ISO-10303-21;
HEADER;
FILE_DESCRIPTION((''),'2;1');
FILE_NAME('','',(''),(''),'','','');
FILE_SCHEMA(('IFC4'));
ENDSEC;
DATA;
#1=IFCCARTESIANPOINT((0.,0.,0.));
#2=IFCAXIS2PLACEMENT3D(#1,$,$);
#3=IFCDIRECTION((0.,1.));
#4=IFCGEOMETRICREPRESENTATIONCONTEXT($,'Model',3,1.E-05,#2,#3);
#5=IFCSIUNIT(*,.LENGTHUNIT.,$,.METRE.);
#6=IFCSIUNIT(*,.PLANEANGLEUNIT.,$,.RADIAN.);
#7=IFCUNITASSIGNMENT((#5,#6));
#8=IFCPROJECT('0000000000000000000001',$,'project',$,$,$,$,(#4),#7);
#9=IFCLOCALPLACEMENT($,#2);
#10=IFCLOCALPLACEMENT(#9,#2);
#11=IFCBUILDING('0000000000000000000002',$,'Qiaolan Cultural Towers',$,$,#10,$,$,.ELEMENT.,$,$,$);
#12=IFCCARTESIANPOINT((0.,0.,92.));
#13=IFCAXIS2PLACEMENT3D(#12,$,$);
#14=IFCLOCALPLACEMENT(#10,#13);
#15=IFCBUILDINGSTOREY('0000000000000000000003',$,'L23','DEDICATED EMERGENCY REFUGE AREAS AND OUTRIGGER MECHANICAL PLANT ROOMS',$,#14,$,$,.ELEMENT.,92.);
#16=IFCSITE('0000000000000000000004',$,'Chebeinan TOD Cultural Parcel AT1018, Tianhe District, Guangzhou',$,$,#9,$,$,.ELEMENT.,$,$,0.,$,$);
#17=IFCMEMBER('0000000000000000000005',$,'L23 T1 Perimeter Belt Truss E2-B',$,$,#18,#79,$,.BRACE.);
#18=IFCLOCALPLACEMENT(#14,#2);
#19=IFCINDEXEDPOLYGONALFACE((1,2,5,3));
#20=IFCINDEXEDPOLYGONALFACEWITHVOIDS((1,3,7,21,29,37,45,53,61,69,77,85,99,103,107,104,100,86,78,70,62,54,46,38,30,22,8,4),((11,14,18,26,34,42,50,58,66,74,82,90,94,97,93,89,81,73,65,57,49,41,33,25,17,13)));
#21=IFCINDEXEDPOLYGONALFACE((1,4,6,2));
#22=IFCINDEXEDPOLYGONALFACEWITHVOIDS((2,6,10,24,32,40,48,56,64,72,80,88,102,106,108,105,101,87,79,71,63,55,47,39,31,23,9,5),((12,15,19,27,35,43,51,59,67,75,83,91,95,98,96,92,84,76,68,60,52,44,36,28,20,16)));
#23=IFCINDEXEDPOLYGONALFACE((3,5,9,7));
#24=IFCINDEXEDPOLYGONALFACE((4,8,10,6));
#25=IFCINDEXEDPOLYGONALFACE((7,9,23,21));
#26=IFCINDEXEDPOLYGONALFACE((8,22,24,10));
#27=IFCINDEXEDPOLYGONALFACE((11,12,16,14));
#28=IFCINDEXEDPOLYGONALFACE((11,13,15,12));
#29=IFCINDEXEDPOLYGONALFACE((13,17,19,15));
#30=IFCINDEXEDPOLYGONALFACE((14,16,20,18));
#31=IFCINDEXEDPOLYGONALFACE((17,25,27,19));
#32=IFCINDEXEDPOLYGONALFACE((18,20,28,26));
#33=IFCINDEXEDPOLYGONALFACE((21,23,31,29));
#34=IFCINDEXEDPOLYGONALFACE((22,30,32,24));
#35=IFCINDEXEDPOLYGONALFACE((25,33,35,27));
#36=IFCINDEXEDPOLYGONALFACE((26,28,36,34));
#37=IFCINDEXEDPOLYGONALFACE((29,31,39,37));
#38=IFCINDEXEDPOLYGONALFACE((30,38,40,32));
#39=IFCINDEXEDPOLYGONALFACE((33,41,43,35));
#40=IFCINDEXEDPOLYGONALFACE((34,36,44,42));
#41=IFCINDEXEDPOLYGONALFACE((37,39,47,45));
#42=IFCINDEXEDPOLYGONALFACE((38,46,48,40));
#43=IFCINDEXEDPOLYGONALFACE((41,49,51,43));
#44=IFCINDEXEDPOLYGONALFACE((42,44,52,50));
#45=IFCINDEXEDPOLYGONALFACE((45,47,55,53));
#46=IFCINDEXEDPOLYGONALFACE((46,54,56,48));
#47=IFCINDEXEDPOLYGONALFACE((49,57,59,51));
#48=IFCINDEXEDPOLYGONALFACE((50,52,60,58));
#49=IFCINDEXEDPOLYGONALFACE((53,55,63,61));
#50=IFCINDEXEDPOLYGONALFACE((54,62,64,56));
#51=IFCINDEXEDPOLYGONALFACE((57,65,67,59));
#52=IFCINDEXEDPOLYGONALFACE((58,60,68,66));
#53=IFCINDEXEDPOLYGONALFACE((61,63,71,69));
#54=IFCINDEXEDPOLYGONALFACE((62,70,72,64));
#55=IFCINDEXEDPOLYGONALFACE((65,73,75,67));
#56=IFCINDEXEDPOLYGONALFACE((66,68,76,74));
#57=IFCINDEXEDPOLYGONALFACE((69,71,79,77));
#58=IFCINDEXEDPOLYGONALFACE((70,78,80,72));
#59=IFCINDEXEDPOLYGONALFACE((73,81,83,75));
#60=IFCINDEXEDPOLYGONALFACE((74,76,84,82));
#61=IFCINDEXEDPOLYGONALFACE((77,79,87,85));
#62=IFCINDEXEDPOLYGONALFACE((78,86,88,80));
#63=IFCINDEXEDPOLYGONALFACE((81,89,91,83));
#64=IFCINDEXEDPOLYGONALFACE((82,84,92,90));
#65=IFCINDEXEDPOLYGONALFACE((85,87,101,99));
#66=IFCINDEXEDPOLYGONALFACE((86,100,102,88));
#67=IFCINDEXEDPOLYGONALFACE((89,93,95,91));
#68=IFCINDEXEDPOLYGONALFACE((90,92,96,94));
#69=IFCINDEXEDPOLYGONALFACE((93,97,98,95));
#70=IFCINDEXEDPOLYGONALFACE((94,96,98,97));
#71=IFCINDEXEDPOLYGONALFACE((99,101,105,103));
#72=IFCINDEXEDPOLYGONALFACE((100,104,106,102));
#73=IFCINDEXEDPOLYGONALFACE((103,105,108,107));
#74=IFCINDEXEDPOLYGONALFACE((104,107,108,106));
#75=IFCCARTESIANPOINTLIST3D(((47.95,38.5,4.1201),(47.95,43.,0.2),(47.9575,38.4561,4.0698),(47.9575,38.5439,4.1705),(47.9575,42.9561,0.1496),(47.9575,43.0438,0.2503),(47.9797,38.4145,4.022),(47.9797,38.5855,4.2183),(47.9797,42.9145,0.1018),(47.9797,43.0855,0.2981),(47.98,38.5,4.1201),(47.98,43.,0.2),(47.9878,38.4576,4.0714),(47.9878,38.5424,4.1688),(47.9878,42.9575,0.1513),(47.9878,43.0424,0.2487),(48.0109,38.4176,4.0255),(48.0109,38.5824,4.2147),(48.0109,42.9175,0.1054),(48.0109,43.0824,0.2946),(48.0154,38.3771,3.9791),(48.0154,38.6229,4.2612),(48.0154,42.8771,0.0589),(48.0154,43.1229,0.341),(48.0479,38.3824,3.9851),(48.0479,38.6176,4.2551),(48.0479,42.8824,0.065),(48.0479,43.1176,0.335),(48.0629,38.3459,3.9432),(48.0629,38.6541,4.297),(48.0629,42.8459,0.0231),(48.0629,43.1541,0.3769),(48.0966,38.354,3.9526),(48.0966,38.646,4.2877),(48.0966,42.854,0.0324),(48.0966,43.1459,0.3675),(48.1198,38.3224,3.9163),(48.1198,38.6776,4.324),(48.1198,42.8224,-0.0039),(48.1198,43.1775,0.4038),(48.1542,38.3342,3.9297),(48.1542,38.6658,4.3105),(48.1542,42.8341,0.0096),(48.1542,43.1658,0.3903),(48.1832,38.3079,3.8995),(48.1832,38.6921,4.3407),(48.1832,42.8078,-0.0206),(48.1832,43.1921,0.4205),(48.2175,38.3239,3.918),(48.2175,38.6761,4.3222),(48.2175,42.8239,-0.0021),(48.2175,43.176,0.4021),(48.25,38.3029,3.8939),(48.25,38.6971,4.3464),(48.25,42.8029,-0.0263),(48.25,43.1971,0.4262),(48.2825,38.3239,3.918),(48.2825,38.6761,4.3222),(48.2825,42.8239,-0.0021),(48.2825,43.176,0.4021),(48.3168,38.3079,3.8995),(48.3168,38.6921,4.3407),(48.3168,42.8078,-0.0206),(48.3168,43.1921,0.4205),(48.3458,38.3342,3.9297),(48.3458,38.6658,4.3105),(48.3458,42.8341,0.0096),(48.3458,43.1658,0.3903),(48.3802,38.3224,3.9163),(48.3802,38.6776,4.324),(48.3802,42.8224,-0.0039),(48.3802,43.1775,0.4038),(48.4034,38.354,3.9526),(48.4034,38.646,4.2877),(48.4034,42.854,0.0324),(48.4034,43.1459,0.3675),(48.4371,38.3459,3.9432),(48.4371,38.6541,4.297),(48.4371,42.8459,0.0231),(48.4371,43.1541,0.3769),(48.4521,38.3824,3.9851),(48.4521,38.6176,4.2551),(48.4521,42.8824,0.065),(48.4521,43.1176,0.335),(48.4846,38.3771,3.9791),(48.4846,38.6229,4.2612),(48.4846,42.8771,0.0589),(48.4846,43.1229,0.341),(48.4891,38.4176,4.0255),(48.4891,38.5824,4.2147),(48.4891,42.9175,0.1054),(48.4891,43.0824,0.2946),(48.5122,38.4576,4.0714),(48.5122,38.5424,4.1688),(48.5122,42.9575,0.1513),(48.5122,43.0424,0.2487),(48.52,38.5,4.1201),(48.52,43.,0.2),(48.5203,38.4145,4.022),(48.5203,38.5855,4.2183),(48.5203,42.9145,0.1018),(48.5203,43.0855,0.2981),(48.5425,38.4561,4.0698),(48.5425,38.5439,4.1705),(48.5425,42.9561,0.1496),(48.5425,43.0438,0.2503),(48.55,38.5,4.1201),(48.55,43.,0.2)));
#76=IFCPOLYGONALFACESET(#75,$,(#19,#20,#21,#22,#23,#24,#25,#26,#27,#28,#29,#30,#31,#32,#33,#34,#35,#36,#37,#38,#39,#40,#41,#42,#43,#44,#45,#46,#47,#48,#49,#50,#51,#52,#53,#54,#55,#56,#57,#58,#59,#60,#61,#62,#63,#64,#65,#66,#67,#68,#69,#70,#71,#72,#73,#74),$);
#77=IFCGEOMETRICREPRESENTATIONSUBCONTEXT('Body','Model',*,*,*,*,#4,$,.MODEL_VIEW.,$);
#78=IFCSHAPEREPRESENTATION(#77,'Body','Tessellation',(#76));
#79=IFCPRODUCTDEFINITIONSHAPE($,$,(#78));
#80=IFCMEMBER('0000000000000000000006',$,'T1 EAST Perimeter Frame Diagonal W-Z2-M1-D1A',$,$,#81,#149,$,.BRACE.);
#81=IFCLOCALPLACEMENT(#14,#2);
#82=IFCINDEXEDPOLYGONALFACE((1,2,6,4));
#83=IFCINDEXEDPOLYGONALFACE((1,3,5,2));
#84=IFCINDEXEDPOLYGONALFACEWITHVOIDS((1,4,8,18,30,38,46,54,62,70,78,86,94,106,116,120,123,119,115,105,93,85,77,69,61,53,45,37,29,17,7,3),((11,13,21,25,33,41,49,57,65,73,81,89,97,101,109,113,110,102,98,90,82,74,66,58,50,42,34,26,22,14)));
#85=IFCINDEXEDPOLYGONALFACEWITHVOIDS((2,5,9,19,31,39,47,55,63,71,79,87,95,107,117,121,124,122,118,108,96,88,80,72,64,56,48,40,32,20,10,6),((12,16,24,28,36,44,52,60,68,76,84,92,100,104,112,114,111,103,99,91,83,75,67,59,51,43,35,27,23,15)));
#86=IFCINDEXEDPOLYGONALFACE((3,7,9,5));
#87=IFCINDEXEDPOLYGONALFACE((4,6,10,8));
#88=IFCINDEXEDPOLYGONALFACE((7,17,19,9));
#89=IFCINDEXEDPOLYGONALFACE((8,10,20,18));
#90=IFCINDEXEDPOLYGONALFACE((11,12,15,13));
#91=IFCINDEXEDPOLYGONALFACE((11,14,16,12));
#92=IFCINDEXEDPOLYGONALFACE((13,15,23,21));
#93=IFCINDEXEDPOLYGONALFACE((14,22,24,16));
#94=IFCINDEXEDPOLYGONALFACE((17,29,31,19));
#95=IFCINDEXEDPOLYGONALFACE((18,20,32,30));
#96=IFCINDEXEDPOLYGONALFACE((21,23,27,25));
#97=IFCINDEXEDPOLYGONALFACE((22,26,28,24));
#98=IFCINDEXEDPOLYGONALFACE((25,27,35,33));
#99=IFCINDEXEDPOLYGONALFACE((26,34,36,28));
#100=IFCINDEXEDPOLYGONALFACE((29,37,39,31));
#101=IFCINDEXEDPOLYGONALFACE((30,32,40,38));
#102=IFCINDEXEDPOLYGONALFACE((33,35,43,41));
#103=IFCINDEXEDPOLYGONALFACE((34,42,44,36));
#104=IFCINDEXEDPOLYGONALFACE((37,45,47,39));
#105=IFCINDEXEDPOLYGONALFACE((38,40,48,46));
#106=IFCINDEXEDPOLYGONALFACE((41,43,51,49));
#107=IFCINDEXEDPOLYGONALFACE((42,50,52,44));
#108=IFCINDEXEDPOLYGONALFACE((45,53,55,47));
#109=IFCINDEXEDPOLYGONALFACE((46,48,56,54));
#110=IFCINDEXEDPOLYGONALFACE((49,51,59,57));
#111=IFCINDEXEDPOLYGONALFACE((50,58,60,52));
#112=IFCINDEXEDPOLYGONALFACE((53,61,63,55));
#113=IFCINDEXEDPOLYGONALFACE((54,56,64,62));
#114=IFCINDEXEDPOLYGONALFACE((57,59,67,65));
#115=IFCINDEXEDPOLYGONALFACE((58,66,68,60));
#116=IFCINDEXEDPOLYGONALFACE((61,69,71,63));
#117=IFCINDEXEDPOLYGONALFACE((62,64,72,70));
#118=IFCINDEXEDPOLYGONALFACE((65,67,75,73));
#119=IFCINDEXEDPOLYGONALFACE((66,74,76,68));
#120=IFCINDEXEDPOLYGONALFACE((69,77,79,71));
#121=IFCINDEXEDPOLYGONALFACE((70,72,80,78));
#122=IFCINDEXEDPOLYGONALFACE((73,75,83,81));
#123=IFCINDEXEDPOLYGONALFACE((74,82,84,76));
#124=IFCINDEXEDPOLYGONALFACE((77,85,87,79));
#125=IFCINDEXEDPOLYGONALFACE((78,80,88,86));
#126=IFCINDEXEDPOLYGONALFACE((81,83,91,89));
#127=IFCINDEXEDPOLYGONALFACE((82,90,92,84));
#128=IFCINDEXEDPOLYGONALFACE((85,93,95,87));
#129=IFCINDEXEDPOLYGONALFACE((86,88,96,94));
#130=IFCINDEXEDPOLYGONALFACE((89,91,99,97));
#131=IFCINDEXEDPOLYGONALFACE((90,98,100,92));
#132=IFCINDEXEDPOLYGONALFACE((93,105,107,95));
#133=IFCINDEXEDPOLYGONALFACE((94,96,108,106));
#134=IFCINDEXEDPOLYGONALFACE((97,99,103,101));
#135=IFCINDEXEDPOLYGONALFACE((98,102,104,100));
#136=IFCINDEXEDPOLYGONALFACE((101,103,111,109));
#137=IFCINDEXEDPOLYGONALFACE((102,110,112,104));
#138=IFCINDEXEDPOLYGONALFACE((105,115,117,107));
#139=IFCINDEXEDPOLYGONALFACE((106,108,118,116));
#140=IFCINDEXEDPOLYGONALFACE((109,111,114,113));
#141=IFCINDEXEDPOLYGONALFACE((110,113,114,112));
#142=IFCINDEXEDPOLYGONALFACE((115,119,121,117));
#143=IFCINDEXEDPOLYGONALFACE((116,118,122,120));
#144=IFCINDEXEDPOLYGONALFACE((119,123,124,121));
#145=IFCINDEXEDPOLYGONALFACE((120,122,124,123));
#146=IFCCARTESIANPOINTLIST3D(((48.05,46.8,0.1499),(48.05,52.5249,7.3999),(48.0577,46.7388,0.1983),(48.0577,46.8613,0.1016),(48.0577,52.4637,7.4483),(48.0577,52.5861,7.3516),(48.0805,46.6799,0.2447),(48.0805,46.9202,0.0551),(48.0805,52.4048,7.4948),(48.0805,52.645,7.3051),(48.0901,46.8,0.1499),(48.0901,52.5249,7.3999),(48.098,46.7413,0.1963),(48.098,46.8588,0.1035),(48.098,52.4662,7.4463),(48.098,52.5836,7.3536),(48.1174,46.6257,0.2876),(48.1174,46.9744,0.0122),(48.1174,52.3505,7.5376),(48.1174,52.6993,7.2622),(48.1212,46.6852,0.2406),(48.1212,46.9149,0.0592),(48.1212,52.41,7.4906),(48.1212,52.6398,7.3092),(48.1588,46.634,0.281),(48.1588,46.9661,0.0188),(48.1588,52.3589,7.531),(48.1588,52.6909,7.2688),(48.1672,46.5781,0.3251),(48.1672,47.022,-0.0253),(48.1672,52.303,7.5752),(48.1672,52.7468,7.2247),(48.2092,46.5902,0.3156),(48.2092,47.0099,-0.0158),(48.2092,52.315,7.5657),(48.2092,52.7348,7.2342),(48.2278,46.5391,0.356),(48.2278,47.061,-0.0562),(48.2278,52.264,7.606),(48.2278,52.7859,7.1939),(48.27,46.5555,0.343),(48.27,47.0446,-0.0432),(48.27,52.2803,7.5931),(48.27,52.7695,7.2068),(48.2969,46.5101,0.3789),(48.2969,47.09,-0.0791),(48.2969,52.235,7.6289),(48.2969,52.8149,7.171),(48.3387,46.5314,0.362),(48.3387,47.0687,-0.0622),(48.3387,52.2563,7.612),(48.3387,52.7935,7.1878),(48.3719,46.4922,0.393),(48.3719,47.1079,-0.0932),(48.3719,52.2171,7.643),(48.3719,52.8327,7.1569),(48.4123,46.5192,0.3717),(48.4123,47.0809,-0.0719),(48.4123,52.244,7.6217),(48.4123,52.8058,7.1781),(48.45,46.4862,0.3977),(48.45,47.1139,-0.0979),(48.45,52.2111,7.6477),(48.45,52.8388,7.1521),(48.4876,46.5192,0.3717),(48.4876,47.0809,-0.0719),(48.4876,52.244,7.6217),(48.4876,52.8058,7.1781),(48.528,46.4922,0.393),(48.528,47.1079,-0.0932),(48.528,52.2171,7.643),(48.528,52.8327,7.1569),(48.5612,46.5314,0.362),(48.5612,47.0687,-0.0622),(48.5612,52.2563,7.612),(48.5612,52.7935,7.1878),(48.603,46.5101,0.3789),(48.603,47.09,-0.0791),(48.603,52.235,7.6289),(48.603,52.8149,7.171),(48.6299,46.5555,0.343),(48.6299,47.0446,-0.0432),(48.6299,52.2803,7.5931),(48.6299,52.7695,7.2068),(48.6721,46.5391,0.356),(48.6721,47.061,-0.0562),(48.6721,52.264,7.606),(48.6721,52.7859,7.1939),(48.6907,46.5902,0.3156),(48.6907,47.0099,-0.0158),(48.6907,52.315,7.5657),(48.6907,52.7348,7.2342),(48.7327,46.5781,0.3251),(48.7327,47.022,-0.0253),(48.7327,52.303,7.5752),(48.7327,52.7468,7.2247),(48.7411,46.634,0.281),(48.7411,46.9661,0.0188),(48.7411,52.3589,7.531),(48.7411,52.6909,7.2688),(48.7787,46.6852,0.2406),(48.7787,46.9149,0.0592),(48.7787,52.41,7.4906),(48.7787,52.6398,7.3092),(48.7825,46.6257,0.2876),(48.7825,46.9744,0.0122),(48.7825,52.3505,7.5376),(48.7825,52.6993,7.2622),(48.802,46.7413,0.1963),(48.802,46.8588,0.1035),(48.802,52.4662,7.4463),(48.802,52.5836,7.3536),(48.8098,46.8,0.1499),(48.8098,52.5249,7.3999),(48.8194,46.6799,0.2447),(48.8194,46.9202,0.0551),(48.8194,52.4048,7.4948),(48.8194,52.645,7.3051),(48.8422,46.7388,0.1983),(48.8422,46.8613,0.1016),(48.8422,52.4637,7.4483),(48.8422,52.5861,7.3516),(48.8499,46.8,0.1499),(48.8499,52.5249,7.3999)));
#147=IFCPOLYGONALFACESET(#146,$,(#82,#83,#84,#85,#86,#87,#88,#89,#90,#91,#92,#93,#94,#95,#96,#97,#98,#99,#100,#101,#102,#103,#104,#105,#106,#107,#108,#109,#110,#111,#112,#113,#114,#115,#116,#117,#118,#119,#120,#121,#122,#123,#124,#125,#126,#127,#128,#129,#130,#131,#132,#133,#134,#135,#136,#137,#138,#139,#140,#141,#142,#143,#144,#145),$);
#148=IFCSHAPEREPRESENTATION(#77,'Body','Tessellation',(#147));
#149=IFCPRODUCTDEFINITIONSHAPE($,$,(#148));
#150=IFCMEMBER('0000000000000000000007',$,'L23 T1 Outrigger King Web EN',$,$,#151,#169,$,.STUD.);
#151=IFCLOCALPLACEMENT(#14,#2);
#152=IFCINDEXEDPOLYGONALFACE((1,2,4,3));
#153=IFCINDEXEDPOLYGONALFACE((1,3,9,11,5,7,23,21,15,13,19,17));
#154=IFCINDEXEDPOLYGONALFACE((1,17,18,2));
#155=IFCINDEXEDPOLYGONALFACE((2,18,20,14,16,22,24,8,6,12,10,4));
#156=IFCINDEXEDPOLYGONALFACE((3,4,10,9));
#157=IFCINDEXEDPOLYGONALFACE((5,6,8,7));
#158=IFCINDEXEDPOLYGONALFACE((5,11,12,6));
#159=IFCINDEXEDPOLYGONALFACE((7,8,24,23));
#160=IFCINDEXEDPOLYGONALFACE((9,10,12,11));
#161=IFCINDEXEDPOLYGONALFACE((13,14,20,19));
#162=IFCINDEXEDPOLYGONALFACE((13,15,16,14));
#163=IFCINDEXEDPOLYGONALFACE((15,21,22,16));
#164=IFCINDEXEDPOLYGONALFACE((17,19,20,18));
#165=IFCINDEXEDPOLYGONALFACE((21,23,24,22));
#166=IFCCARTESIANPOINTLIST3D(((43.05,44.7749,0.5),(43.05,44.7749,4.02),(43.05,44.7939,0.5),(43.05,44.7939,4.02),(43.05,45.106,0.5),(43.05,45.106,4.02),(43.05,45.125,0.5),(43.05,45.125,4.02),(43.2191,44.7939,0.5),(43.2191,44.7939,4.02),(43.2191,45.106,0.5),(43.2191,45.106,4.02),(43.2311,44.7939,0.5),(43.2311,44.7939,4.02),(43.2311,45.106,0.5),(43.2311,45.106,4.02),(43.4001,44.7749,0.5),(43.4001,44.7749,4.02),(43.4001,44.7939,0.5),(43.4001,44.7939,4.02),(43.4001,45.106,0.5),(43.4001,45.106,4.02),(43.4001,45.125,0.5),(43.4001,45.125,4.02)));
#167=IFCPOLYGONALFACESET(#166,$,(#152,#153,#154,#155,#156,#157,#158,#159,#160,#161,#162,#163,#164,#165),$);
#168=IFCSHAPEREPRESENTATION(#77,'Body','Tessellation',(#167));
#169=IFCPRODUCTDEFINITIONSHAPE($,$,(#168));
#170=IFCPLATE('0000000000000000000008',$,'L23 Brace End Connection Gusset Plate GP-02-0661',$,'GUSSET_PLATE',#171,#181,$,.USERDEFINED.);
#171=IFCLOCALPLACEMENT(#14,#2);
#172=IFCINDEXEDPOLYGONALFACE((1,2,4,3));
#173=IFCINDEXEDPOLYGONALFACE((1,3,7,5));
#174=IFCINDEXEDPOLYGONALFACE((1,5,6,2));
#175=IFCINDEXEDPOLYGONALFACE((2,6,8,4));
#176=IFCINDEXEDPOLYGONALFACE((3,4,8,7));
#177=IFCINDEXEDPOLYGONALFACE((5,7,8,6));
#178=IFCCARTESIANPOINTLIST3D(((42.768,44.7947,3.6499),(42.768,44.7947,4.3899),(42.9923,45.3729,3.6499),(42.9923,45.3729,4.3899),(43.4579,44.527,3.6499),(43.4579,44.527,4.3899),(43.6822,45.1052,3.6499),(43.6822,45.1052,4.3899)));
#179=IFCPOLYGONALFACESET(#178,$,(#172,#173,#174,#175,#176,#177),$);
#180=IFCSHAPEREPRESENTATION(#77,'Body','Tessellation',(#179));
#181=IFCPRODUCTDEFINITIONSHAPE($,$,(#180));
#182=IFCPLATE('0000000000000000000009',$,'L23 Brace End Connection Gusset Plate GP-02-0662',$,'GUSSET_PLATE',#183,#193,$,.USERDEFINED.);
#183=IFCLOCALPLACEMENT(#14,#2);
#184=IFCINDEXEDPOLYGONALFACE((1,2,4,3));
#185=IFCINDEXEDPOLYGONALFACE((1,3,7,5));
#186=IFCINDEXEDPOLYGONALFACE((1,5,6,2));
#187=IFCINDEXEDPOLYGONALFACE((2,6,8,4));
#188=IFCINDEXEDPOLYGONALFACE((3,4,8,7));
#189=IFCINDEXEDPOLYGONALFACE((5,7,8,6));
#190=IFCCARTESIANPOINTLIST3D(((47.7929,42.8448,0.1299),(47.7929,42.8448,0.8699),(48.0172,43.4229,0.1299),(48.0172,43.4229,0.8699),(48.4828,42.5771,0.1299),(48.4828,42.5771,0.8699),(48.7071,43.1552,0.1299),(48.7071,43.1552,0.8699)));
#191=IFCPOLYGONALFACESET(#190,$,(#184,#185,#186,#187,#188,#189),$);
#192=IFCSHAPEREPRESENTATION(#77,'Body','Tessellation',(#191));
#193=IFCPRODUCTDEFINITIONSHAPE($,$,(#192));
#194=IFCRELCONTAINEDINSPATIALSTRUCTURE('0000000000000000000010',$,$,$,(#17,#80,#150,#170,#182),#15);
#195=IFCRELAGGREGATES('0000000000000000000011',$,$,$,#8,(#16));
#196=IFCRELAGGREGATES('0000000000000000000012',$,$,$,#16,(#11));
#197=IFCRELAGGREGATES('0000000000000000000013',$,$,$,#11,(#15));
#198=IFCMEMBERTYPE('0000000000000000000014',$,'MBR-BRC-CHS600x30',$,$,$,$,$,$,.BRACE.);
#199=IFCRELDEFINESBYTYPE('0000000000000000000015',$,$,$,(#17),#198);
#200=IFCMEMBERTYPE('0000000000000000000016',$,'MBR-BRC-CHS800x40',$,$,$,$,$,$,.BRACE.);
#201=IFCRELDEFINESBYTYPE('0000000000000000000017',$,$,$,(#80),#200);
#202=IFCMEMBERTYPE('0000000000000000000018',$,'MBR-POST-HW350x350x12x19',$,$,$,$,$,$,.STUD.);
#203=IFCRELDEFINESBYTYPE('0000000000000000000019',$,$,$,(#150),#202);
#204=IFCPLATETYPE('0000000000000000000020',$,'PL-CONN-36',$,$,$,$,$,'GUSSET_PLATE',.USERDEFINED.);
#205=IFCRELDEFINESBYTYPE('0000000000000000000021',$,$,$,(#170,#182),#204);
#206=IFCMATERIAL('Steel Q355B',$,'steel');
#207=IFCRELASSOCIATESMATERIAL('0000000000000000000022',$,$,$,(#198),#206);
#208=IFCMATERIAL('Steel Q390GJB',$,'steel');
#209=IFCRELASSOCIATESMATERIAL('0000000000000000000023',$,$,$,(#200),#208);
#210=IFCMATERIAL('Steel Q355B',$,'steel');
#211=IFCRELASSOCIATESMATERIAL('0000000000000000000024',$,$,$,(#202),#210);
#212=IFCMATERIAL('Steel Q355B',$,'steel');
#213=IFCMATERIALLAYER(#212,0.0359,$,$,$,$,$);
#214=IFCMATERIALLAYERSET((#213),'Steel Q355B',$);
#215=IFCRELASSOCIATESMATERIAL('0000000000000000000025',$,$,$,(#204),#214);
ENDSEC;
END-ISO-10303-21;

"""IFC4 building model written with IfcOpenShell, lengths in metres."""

from ifc_helpers import new_model, si_unit, direction, frame, origin, origin_2d, place, context, subcontext, project, spatial, rectangle, hollow_circle, i_section, extrude, material, layer, layer_set, material_profile, profile_set, type_object, element, save


model = new_model("IFC4")

# Units and contexts
model_context = context("Model", 3, precision=1e-05, world=origin(), true_north=direction((0.0, 1.0)))
body_context = subcontext(model_context, "Body", "Model", "MODEL_VIEW")
ifc_project = project(units=[si_unit("LENGTHUNIT", "METRE"), si_unit("PLANEANGLEUNIT", "RADIAN")], contexts=[model_context])

# Site, building, storey
site_placement = place(None, origin())
site = spatial("IfcSite", under=ifc_project, at=site_placement, Name="Chebeinan TOD Cultural Parcel AT1018, Tianhe District, Guangzhou", CompositionType="ELEMENT", RefElevation=0.0)
building_placement = place(site_placement, origin())
building = spatial("IfcBuilding", under=site, at=building_placement, Name="Qiaolan Cultural Towers", CompositionType="ELEMENT")
storey_placement = place(building_placement, frame((0.0, 0.0, 92.0)))
storey = spatial("IfcBuildingStorey", under=building, at=storey_placement, Name="L23", Description="DEDICATED EMERGENCY REFUGE AREAS AND OUTRIGGER MECHANICAL PLANT ROOMS", CompositionType="ELEMENT", Elevation=92.0)

# Members
ifc_material_1 = material(Name="Steel Q355B", Category="steel")
ifc_material_profile_1 = material_profile(ifc_material_1, hollow_circle(Radius=0.3, WallThickness=0.03, at=origin_2d()), Name="CHS600x30")
ifc_profile_set_1 = profile_set([ifc_material_profile_1], Name="Steel Q355B")
member_type_1 = type_object("IfcMemberType", Name="MBR-BRC-CHS600x30", PredefinedType="BRACE", material=ifc_profile_set_1)
for number, where, z_axis, x_axis, name in (
    (1, (48.25, 38.5, 4.1201), (0.0, 0.754014, -0.656858), (-1.0, 0.0, 0.0), "L23 T1 Perimeter Belt Truss E2-B"),
):
    element("IfcMember", number, at=place(storey_placement, frame(where, z_axis=z_axis, x_axis=x_axis)), inside=storey, type_object=member_type_1, Name=name, PredefinedType="BRACE", context=body_context, shape_type="SweptSolid", body=[
        extrude(hollow_circle(Radius=0.3, WallThickness=0.03, at=origin_2d()), origin(), (0.0, 0.0, 1.0), 5.968),
    ])
ifc_material_2 = material(Name="Steel Q390GJB", Category="steel")
ifc_material_profile_2 = material_profile(ifc_material_2, hollow_circle(Radius=0.3999, WallThickness=0.04, at=origin_2d()), Name="CHS800x40")
ifc_profile_set_2 = profile_set([ifc_material_profile_2], Name="Steel Q390GJB")
member_type_2 = type_object("IfcMemberType", Name="MBR-BRC-CHS800x40", PredefinedType="BRACE", material=ifc_profile_set_2)
member_1_placement = place(storey_placement, frame((48.45, 46.8, 0.1499), z_axis=(0.0, 0.619722, 0.784821), x_axis=(-1.0, 0.0, 0.0)))
element("IfcMember", 2, at=member_1_placement, inside=storey, type_object=member_type_2, Name="T1 EAST Perimeter Frame Diagonal W-Z2-M1-D1A", PredefinedType="BRACE", context=body_context, shape_type="SweptSolid", body=[
    extrude(hollow_circle(Radius=0.3999, WallThickness=0.04, at=origin_2d()), origin(), (0.0, 0.0, 1.0), 9.2378),
])
ifc_material_3 = material(Name="Steel Q355B", Category="steel")
ifc_material_profile_3 = material_profile(ifc_material_3, i_section(OverallWidth=0.3501, OverallDepth=0.3501, WebThickness=0.012, FlangeThickness=0.019, at=origin_2d()), Name="HW350x350x12x19")
ifc_profile_set_3 = profile_set([ifc_material_profile_3], Name="Steel Q355B")
member_type_3 = type_object("IfcMemberType", Name="MBR-POST-HW350x350x12x19", PredefinedType="STUD", material=ifc_profile_set_3)
member_2_placement = place(storey_placement, frame((43.2251, 44.95, 0.5), z_axis=(0.0, 0.0, 1.0), x_axis=(1.0, 0.0, 0.0)))
element("IfcMember", 3, at=member_2_placement, inside=storey, type_object=member_type_3, Name="L23 T1 Outrigger King Web EN", PredefinedType="STUD", context=body_context, shape_type="SweptSolid", body=[
    extrude(i_section(OverallWidth=0.3501, OverallDepth=0.3501, WebThickness=0.012, FlangeThickness=0.019, at=origin_2d()), origin(), (0.0, 0.0, 1.0), 3.52),
])

# Plates
ifc_material_4 = material(Name="Steel Q355B", Category="steel")
ifc_layer_1 = layer(ifc_material_4, 0.0359)
ifc_layer_set_1 = layer_set([ifc_layer_1], Name="Steel Q355B")
plate_type_1 = type_object("IfcPlateType", Name="PL-CONN-36", ElementType="GUSSET_PLATE", PredefinedType="USERDEFINED", material=ifc_layer_set_1)
for number, where, z_axis, x_axis, name in (
    (4, (43.2251, 44.95, 3.6499), (0.0, 0.0, 1.0), (-0.932266, 0.361775, 0.0), "L23 Brace End Connection Gusset Plate GP-02-0661"),
    (5, (48.25, 43.0, 0.1299), (0.0, 0.0, 1.0), (-0.932266, 0.361775, 0.0), "L23 Brace End Connection Gusset Plate GP-02-0662"),
):
    element("IfcPlate", number, at=place(storey_placement, frame(where, z_axis=z_axis, x_axis=x_axis)), inside=storey, type_object=plate_type_1, Name=name, ObjectType="GUSSET_PLATE", PredefinedType="USERDEFINED", context=body_context, shape_type="SweptSolid", body=[
        extrude(rectangle(XDim=0.74, YDim=0.6201, at=origin_2d()), origin(), (0.0, 0.0, 1.0), 0.74),
    ])

save(model, "model.ifc")
